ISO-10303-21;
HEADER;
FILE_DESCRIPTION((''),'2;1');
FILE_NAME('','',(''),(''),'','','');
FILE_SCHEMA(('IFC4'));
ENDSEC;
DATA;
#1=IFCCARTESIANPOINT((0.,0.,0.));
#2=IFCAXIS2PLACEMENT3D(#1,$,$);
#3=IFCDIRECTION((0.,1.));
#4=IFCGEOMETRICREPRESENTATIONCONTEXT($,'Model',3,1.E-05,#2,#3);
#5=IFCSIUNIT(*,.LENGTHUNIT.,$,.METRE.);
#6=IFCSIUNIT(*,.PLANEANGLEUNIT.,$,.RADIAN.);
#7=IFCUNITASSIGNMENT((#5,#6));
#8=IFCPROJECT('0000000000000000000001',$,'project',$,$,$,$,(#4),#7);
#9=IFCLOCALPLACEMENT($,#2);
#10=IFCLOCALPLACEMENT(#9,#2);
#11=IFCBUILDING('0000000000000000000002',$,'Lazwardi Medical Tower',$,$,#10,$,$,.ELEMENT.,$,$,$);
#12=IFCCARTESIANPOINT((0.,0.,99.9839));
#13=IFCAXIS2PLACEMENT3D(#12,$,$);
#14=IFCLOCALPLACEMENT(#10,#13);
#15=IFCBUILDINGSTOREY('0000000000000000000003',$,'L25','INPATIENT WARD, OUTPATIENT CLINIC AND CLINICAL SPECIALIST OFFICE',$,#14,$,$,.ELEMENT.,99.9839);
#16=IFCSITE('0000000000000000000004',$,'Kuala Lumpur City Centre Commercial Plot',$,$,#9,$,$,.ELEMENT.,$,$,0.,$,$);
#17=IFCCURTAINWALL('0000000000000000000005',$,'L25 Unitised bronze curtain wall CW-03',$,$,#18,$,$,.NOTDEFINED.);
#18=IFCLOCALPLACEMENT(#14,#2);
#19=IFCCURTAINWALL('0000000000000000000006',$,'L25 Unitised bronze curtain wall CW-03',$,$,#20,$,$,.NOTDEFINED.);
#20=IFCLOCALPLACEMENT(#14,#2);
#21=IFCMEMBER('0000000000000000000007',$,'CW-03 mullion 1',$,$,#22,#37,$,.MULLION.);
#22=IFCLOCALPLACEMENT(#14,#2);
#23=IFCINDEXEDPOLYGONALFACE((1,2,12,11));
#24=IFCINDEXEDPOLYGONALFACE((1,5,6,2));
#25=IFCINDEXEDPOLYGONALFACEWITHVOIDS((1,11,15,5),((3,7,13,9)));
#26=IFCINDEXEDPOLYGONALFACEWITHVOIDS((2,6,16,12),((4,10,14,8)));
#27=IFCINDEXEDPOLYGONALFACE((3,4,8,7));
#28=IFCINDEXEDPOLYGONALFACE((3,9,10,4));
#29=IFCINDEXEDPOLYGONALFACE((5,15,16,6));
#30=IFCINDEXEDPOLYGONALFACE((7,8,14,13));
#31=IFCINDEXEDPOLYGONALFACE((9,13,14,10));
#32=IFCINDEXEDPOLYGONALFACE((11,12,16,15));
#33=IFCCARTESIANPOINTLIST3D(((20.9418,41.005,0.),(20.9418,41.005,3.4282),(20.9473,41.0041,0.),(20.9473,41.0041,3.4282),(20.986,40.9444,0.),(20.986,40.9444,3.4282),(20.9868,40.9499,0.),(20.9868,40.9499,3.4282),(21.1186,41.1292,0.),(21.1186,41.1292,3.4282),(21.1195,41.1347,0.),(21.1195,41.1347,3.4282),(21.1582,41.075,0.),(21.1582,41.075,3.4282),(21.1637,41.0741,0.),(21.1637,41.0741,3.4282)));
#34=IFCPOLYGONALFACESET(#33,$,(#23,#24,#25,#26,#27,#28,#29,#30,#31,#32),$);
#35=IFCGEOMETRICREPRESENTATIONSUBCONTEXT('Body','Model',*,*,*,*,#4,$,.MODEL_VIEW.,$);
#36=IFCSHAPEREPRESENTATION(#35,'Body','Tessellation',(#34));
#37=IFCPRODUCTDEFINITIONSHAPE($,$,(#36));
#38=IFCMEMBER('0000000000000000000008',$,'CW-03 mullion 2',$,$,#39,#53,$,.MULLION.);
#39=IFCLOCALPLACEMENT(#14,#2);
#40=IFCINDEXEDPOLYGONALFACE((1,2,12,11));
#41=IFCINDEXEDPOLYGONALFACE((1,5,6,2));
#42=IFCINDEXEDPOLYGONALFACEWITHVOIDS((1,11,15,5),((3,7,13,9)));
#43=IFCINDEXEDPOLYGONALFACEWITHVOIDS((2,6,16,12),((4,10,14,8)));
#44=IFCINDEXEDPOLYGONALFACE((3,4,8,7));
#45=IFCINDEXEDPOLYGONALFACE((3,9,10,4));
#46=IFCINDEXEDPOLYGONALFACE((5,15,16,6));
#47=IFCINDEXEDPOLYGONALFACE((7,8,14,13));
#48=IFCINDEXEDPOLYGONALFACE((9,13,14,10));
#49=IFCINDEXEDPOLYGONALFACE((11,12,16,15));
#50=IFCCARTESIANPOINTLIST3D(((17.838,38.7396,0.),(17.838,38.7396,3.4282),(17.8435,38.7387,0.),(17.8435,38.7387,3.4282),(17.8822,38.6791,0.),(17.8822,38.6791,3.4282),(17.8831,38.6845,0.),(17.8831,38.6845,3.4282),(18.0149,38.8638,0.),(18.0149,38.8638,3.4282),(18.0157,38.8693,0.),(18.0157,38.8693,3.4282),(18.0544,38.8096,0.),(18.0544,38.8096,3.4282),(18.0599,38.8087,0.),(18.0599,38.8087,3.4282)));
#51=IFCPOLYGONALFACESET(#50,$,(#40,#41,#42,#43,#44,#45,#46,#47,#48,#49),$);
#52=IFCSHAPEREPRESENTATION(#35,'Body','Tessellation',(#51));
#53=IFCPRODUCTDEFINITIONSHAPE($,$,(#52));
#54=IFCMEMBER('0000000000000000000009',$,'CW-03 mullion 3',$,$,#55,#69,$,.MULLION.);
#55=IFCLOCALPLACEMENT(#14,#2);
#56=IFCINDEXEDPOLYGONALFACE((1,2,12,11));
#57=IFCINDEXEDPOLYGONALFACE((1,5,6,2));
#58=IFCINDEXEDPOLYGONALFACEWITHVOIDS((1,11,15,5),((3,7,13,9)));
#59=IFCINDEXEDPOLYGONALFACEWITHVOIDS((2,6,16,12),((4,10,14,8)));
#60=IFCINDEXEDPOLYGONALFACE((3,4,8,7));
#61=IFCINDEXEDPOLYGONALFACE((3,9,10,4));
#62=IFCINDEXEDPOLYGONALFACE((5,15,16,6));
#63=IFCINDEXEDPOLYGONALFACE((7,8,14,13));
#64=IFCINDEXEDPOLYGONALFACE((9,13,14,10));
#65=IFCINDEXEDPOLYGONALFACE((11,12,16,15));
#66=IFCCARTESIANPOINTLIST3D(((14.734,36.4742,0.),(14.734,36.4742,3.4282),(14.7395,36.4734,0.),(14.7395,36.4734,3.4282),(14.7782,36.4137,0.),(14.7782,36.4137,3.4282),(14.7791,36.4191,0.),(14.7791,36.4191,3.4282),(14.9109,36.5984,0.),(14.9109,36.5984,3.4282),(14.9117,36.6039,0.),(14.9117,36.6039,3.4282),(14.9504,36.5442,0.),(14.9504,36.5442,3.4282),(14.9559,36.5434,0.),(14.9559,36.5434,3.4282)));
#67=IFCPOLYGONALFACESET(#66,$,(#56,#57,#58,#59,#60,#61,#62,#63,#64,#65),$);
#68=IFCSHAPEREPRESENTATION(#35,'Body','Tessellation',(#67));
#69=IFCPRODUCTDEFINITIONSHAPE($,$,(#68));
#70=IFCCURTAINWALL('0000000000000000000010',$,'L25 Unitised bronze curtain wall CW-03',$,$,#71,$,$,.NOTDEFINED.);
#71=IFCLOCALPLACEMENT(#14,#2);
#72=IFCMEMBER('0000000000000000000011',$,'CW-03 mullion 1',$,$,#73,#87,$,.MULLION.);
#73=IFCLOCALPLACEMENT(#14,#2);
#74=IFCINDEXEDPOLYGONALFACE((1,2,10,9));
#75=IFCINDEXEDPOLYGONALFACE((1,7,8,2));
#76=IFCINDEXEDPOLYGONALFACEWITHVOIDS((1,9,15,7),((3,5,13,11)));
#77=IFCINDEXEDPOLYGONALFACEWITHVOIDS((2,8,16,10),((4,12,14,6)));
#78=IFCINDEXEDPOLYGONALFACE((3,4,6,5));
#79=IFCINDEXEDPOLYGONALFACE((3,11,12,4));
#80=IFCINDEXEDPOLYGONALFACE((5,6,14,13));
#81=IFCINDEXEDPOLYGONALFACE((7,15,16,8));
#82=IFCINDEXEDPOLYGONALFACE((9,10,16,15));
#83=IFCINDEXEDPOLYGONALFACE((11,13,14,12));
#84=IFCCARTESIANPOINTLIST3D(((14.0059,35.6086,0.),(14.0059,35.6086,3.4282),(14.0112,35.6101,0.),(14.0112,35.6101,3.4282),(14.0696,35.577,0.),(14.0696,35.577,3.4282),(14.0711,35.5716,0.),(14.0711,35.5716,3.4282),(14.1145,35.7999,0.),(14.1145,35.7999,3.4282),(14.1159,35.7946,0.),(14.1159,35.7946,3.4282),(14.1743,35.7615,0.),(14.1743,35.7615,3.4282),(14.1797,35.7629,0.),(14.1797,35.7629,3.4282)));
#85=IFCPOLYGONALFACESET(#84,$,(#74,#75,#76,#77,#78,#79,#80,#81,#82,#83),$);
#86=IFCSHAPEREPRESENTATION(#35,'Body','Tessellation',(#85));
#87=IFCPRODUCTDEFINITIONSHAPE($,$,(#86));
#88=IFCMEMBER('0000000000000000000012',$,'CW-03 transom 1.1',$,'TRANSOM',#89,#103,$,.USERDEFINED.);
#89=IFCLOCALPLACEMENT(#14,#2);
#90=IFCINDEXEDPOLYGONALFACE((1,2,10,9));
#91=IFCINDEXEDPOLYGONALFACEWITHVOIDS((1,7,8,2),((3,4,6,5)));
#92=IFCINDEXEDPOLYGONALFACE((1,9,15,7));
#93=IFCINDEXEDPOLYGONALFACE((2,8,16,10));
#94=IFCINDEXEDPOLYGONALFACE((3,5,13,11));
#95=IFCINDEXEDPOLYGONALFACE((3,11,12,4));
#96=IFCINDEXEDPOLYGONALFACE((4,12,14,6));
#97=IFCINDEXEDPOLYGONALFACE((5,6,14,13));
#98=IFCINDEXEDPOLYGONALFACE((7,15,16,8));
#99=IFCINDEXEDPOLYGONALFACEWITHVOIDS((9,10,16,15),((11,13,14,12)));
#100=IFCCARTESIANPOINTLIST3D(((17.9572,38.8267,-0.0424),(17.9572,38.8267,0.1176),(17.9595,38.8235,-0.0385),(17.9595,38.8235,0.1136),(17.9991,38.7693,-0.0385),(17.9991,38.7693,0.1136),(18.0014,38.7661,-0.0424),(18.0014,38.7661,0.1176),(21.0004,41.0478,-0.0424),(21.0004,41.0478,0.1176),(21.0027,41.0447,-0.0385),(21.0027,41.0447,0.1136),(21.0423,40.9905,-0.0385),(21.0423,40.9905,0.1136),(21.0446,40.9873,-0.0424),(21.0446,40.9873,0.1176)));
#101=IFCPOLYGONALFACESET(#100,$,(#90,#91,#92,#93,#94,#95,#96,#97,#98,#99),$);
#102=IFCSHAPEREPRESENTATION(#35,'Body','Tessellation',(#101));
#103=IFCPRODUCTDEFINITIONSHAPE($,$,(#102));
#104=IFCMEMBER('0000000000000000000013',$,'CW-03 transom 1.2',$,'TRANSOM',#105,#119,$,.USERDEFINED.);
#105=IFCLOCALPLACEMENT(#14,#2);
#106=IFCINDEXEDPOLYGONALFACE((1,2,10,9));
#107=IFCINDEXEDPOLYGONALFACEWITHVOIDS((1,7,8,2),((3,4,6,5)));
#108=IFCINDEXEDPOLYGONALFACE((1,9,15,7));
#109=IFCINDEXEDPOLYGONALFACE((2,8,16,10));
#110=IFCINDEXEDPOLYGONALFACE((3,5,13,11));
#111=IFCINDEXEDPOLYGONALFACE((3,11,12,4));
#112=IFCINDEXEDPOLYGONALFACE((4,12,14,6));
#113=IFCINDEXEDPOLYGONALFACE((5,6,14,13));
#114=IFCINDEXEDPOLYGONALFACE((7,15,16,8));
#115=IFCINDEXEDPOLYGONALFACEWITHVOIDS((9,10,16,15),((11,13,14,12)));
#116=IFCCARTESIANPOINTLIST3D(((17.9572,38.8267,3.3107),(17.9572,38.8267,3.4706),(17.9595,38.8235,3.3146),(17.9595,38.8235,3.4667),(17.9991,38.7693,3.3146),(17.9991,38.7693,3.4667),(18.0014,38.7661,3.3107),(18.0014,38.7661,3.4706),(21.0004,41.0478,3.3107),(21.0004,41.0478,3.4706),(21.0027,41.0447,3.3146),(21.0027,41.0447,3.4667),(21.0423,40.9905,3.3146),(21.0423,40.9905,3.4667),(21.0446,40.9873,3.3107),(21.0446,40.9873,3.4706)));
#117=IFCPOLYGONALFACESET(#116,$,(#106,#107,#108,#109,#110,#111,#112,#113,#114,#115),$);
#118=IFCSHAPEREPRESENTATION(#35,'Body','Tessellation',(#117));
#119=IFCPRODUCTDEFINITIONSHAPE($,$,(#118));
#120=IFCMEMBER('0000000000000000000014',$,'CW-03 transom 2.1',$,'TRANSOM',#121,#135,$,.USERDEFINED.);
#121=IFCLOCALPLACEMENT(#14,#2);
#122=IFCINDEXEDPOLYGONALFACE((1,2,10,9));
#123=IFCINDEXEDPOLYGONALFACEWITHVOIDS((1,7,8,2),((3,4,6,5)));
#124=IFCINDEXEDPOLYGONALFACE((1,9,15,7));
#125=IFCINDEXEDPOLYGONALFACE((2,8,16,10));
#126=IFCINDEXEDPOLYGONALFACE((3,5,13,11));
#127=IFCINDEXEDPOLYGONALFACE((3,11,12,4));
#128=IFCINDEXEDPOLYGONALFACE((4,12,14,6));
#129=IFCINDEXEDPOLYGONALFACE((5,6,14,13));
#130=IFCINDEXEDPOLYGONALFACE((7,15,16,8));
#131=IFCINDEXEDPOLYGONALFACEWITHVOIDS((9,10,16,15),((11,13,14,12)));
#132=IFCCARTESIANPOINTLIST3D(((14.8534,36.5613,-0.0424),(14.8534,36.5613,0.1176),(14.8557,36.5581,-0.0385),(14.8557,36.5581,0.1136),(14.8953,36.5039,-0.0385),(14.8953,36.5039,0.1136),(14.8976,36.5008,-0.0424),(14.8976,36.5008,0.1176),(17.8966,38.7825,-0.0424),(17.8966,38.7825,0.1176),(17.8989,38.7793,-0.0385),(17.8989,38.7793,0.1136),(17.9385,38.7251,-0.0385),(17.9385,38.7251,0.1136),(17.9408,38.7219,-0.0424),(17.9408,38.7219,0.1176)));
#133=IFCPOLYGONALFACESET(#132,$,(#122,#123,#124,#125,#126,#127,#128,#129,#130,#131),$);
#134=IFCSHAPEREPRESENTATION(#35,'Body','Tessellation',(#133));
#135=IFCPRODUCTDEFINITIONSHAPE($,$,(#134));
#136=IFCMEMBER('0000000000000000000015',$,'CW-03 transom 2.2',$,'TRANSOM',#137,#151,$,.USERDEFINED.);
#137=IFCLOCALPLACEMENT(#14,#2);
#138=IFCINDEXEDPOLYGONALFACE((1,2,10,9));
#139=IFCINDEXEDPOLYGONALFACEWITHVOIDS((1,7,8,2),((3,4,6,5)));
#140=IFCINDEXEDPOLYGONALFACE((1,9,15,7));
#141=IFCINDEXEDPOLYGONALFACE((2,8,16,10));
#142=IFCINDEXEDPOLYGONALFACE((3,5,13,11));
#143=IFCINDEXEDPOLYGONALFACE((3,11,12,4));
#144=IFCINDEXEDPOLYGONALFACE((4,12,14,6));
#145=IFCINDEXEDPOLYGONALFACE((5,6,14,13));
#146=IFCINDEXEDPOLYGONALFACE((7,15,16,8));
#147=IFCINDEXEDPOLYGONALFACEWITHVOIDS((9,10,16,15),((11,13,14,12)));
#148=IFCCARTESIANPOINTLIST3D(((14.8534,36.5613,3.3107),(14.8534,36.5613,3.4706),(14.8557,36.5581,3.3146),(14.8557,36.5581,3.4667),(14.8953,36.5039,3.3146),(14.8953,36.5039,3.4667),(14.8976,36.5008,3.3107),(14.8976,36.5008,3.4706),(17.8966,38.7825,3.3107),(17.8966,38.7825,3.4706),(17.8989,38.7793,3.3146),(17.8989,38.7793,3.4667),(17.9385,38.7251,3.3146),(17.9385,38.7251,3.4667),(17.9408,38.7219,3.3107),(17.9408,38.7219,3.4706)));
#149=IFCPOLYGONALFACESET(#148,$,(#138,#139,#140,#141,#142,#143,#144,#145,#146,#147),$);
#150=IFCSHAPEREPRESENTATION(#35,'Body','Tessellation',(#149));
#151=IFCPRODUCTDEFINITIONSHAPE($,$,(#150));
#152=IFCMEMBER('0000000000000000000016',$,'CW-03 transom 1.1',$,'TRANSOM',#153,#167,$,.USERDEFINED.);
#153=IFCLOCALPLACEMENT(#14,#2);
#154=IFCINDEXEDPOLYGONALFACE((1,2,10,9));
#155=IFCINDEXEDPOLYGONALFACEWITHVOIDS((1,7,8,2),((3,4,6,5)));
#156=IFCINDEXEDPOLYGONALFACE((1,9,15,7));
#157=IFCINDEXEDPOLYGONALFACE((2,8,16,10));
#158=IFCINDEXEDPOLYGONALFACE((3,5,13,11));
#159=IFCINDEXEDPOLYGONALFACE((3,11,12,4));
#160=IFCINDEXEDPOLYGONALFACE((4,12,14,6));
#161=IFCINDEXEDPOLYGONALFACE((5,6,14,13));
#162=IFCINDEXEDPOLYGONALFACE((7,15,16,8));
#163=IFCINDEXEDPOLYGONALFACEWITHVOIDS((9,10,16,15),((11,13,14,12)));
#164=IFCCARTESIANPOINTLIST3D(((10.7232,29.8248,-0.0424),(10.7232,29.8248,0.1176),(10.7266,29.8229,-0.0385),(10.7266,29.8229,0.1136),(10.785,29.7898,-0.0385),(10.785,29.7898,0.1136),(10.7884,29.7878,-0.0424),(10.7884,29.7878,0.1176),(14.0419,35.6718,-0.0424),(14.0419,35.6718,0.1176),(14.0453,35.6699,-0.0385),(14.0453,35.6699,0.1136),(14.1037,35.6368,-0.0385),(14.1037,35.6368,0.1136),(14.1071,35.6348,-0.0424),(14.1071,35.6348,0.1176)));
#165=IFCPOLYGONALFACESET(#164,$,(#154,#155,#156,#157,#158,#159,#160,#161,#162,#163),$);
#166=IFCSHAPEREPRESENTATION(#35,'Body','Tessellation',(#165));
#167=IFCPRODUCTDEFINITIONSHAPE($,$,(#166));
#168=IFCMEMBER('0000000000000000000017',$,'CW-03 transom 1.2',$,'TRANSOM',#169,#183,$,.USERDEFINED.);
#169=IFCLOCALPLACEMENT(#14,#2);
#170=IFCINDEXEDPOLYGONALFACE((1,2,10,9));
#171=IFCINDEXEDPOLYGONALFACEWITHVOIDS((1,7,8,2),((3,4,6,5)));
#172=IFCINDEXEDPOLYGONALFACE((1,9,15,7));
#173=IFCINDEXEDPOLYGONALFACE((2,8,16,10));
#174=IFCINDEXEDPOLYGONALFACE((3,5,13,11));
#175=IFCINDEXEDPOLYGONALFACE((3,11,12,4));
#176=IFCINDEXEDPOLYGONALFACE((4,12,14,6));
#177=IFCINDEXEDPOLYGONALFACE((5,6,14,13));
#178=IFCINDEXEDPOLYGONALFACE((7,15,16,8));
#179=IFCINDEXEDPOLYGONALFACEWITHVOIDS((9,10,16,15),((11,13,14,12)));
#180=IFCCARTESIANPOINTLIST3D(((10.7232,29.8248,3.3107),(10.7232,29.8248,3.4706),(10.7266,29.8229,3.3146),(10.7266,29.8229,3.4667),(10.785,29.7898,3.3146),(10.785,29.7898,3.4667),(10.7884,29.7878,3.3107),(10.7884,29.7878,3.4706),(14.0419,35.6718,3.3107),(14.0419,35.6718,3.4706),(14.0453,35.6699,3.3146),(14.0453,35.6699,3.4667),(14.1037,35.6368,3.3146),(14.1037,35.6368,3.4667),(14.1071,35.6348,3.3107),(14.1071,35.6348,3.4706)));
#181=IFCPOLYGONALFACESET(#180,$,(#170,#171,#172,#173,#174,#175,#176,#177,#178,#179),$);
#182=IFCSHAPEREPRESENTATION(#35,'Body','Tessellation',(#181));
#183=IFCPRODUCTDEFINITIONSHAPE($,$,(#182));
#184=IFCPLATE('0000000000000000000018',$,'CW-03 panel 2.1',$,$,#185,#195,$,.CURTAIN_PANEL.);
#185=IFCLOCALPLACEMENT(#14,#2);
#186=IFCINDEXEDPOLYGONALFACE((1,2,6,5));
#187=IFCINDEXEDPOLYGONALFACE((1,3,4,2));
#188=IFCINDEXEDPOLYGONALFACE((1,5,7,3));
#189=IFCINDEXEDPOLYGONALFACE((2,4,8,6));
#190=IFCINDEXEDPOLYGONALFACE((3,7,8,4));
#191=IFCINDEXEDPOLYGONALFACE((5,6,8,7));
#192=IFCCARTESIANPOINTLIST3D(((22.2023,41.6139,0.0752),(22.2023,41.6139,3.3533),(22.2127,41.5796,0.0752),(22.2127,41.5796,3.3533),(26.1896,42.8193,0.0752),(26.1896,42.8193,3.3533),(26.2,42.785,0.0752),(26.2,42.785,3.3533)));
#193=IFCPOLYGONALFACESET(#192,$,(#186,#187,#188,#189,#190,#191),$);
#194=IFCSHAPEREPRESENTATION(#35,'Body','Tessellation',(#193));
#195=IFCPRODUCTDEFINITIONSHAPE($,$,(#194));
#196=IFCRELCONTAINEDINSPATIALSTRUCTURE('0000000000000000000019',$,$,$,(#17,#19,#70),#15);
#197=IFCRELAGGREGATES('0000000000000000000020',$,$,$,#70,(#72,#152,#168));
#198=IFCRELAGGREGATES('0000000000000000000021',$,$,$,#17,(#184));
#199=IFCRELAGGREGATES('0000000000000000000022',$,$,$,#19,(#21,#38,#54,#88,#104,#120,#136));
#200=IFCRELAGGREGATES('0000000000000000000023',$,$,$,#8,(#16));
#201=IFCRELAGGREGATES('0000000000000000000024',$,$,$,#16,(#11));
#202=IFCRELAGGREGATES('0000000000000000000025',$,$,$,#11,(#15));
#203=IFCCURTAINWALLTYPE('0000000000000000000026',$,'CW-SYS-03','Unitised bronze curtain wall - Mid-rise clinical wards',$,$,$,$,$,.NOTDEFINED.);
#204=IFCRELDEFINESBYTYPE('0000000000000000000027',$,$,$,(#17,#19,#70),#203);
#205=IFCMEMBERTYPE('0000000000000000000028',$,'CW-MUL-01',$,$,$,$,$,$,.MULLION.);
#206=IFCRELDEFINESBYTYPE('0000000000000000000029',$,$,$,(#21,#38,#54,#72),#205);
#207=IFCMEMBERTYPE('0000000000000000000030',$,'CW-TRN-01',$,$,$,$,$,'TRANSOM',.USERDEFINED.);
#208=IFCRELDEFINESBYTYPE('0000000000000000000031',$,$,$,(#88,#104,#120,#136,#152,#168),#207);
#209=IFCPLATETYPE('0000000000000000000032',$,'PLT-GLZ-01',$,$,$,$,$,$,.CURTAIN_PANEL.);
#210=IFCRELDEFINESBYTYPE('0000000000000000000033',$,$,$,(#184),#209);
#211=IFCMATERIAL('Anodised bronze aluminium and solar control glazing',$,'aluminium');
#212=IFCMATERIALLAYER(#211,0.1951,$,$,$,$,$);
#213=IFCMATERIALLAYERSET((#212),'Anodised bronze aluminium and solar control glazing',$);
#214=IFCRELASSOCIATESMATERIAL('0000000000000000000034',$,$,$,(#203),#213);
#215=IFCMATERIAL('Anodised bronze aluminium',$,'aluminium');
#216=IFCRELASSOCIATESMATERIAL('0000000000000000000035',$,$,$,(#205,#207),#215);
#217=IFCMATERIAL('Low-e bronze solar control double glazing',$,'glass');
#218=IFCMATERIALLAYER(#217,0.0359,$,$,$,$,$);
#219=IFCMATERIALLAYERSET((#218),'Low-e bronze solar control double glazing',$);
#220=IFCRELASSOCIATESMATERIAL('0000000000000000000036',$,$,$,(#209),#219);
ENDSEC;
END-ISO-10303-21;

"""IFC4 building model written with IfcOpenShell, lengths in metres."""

from ifc_helpers import new_model, si_unit, direction, frame, origin, origin_2d, place, context, subcontext, project, spatial, rectangle, hollow_rectangle, extrude, material, layer, layer_set, material_profile, profile_set, type_object, element, aggregate, save


model = new_model("IFC4")

# Units and contexts
model_context = context("Model", 3, precision=1e-05, world=origin(), true_north=direction((0.0, 1.0)))
body_context = subcontext(model_context, "Body", "Model", "MODEL_VIEW")
ifc_project = project(units=[si_unit("LENGTHUNIT", "METRE"), si_unit("PLANEANGLEUNIT", "RADIAN")], contexts=[model_context])

# Site, building, storey
site_placement = place(None, origin())
site = spatial("IfcSite", under=ifc_project, at=site_placement, Name="Kuala Lumpur City Centre Commercial Plot", CompositionType="ELEMENT", RefElevation=0.0)
building_placement = place(site_placement, origin())
building = spatial("IfcBuilding", under=site, at=building_placement, Name="Lazwardi Medical Tower", CompositionType="ELEMENT")
storey_placement = place(building_placement, frame((0.0, 0.0, 99.9839)))
storey = spatial("IfcBuildingStorey", under=building, at=storey_placement, Name="L25", Description="INPATIENT WARD, OUTPATIENT CLINIC AND CLINICAL SPECIALIST OFFICE", CompositionType="ELEMENT", Elevation=99.9839)

# Curtain wall
ifc_material_1 = material(Name="Anodised bronze aluminium and solar control glazing", Category="aluminium")
ifc_layer_1 = layer(ifc_material_1, 0.1951)
ifc_layer_set_1 = layer_set([ifc_layer_1], Name="Anodised bronze aluminium and solar control glazing")
curtain_wall_type = type_object("IfcCurtainWallType", Name="CW-SYS-03", Description="Unitised bronze curtain wall - Mid-rise clinical wards", PredefinedType="NOTDEFINED", material=ifc_layer_set_1)
curtain_wall_1_placement = place(storey_placement, origin())
curtain_wall_1 = element("IfcCurtainWall", 1, at=curtain_wall_1_placement, inside=storey, type_object=curtain_wall_type, Name="L25 Unitised bronze curtain wall CW-03", PredefinedType="NOTDEFINED")
ifc_material_2 = material(Name="Anodised bronze aluminium", Category="aluminium")
ifc_material_profile_1 = material_profile(ifc_material_2, hollow_rectangle(XDim=0.075, YDim=0.22, WallThickness=0.0039, at=origin_2d()), Name="ALU-MULLION 220x75x4")
ifc_profile_set_1 = profile_set([ifc_material_profile_1], Name="Anodised bronze aluminium")
member_type_1 = type_object("IfcMemberType", Name="CW-MUL-01", PredefinedType="MULLION", material=ifc_profile_set_1)

# Curtain wall, members
curtain_wall_2_placement = place(storey_placement, origin())
curtain_wall_2 = element("IfcCurtainWall", 2, at=curtain_wall_2_placement, inside=storey, type_object=curtain_wall_type, Name="L25 Unitised bronze curtain wall CW-03", PredefinedType="NOTDEFINED")
member_1_placement = place(storey_placement, frame((21.0527, 41.0396, 0.0), z_axis=(0.0, 0.0, 1.0), x_axis=(0.589531, -0.807746, 0.0)))
member_1 = element("IfcMember", 3, at=member_1_placement, type_object=member_type_1, Name="CW-03 mullion 1", PredefinedType="MULLION", context=body_context, shape_type="SweptSolid", body=[
    extrude(hollow_rectangle(XDim=0.075, YDim=0.22, WallThickness=0.0039, at=origin_2d()), origin(), (0.0, 0.0, 1.0), 3.4282),
])
member_2_placement = place(storey_placement, frame((17.949, 38.7742, 0.0), z_axis=(0.0, 0.0, 1.0), x_axis=(0.589531, -0.807746, 0.0)))
member_2 = element("IfcMember", 4, at=member_2_placement, type_object=member_type_1, Name="CW-03 mullion 2", PredefinedType="MULLION", context=body_context, shape_type="SweptSolid", body=[
    extrude(hollow_rectangle(XDim=0.075, YDim=0.22, WallThickness=0.0039, at=origin_2d()), origin(), (0.0, 0.0, 1.0), 3.4282),
])
member_3_placement = place(storey_placement, frame((14.845, 36.5088, 0.0), z_axis=(0.0, 0.0, 1.0), x_axis=(0.589531, -0.807746, 0.0)))
member_3 = element("IfcMember", 5, at=member_3_placement, type_object=member_type_1, Name="CW-03 mullion 3", PredefinedType="MULLION", context=body_context, shape_type="SweptSolid", body=[
    extrude(hollow_rectangle(XDim=0.075, YDim=0.22, WallThickness=0.0039, at=origin_2d()), origin(), (0.0, 0.0, 1.0), 3.4282),
])

# Curtain wall, member
curtain_wall_3_placement = place(storey_placement, origin())
curtain_wall_3 = element("IfcCurtainWall", 6, at=curtain_wall_3_placement, inside=storey, type_object=curtain_wall_type, Name="L25 Unitised bronze curtain wall CW-03", PredefinedType="NOTDEFINED")
member_4_placement = place(storey_placement, frame((14.0928, 35.6858, 0.0), z_axis=(0.0, 0.0, 1.0), x_axis=(0.869687, -0.493603, 0.0)))
member_4 = element("IfcMember", 7, at=member_4_placement, type_object=member_type_1, Name="CW-03 mullion 1", PredefinedType="MULLION", context=body_context, shape_type="SweptSolid", body=[
    extrude(hollow_rectangle(XDim=0.075, YDim=0.22, WallThickness=0.0039, at=origin_2d()), origin(), (0.0, 0.0, 1.0), 3.4282),
])

# Members
ifc_material_profile_2 = material_profile(ifc_material_2, hollow_rectangle(XDim=0.075, YDim=0.1599, WallThickness=0.0039, at=origin_2d()), Name="ALU-TRANSOM 160x75x4")
ifc_profile_set_2 = profile_set([ifc_material_profile_2], Name="Anodised bronze aluminium")
member_type_2 = type_object("IfcMemberType", Name="CW-TRN-01", ElementType="TRANSOM", PredefinedType="USERDEFINED", material=ifc_profile_set_2)
member_5_placement = place(storey_placement, frame((21.0225, 41.0176, 0.0376), z_axis=(-0.807732, -0.58955, 0.0), x_axis=(0.58955, -0.807732, 0.0)))
member_5 = element("IfcMember", 8, at=member_5_placement, type_object=member_type_2, Name="CW-03 transom 1.1", ObjectType="TRANSOM", PredefinedType="USERDEFINED", context=body_context, shape_type="SweptSolid", body=[
    extrude(hollow_rectangle(XDim=0.075, YDim=0.1599, WallThickness=0.0039, at=origin_2d()), origin(), (0.0, 0.0, 1.0), 3.7676),
])
member_6_placement = place(storey_placement, frame((21.0225, 41.0176, 3.3906), z_axis=(-0.807732, -0.58955, 0.0), x_axis=(0.58955, -0.807732, 0.0)))
member_6 = element("IfcMember", 9, at=member_6_placement, type_object=member_type_2, Name="CW-03 transom 1.2", ObjectType="TRANSOM", PredefinedType="USERDEFINED", context=body_context, shape_type="SweptSolid", body=[
    extrude(hollow_rectangle(XDim=0.075, YDim=0.1599, WallThickness=0.0039, at=origin_2d()), origin(), (0.0, 0.0, 1.0), 3.7676),
])
member_7_placement = place(storey_placement, frame((17.9187, 38.7522, 0.0376), z_axis=(-0.807732, -0.58955, 0.0), x_axis=(0.58955, -0.807732, 0.0)))
member_7 = element("IfcMember", 10, at=member_7_placement, type_object=member_type_2, Name="CW-03 transom 2.1", ObjectType="TRANSOM", PredefinedType="USERDEFINED", context=body_context, shape_type="SweptSolid", body=[
    extrude(hollow_rectangle(XDim=0.075, YDim=0.1599, WallThickness=0.0039, at=origin_2d()), origin(), (0.0, 0.0, 1.0), 3.7676),
])
member_8_placement = place(storey_placement, frame((17.9187, 38.7522, 3.3906), z_axis=(-0.807732, -0.58955, 0.0), x_axis=(0.58955, -0.807732, 0.0)))
member_8 = element("IfcMember", 11, at=member_8_placement, type_object=member_type_2, Name="CW-03 transom 2.2", ObjectType="TRANSOM", PredefinedType="USERDEFINED", context=body_context, shape_type="SweptSolid", body=[
    extrude(hollow_rectangle(XDim=0.075, YDim=0.1599, WallThickness=0.0039, at=origin_2d()), origin(), (0.0, 0.0, 1.0), 3.7676),
])
member_9_placement = place(storey_placement, frame((14.0745, 35.6533, 0.0376), z_axis=(-0.493614, -0.869681, 0.0), x_axis=(0.869681, -0.493614, 0.0)))
member_9 = element("IfcMember", 12, at=member_9_placement, type_object=member_type_2, Name="CW-03 transom 1.1", ObjectType="TRANSOM", PredefinedType="USERDEFINED", context=body_context, shape_type="SweptSolid", body=[
    extrude(hollow_rectangle(XDim=0.075, YDim=0.1599, WallThickness=0.0039, at=origin_2d()), origin(), (0.0, 0.0, 1.0), 6.7231),
])
member_10_placement = place(storey_placement, frame((14.0745, 35.6533, 3.3906), z_axis=(-0.493614, -0.869681, 0.0), x_axis=(0.869681, -0.493614, 0.0)))
member_10 = element("IfcMember", 13, at=member_10_placement, type_object=member_type_2, Name="CW-03 transom 1.2", ObjectType="TRANSOM", PredefinedType="USERDEFINED", context=body_context, shape_type="SweptSolid", body=[
    extrude(hollow_rectangle(XDim=0.075, YDim=0.1599, WallThickness=0.0039, at=origin_2d()), origin(), (0.0, 0.0, 1.0), 6.7231),
])
aggregate(curtain_wall_3, [member_4, member_9, member_10])

# Plate
ifc_material_3 = material(Name="Low-e bronze solar control double glazing", Category="glass")
ifc_layer_2 = layer(ifc_material_3, 0.0359)
ifc_layer_set_2 = layer_set([ifc_layer_2], Name="Low-e bronze solar control double glazing")
plate_type = type_object("IfcPlateType", Name="PLT-GLZ-01", PredefinedType="CURTAIN_PANEL", material=ifc_layer_set_2)
plate_1_placement = place(storey_placement, frame((24.2012, 42.1995, 0.0752), z_axis=(0.0, 0.0, 1.0), x_axis=(-0.957216, -0.289374, 0.0)))
plate_1 = element("IfcPlate", 14, at=plate_1_placement, type_object=plate_type, Name="CW-03 panel 2.1", PredefinedType="CURTAIN_PANEL", context=body_context, shape_type="SweptSolid", body=[
    extrude(rectangle(XDim=4.1655, YDim=0.0359, at=origin_2d()), origin(), (0.0, 0.0, 1.0), 3.2781),
])
aggregate(curtain_wall_1, [plate_1])
aggregate(curtain_wall_2, [member_1, member_2, member_3, member_5, member_6, member_7, member_8])

save(model, "model.ifc")
